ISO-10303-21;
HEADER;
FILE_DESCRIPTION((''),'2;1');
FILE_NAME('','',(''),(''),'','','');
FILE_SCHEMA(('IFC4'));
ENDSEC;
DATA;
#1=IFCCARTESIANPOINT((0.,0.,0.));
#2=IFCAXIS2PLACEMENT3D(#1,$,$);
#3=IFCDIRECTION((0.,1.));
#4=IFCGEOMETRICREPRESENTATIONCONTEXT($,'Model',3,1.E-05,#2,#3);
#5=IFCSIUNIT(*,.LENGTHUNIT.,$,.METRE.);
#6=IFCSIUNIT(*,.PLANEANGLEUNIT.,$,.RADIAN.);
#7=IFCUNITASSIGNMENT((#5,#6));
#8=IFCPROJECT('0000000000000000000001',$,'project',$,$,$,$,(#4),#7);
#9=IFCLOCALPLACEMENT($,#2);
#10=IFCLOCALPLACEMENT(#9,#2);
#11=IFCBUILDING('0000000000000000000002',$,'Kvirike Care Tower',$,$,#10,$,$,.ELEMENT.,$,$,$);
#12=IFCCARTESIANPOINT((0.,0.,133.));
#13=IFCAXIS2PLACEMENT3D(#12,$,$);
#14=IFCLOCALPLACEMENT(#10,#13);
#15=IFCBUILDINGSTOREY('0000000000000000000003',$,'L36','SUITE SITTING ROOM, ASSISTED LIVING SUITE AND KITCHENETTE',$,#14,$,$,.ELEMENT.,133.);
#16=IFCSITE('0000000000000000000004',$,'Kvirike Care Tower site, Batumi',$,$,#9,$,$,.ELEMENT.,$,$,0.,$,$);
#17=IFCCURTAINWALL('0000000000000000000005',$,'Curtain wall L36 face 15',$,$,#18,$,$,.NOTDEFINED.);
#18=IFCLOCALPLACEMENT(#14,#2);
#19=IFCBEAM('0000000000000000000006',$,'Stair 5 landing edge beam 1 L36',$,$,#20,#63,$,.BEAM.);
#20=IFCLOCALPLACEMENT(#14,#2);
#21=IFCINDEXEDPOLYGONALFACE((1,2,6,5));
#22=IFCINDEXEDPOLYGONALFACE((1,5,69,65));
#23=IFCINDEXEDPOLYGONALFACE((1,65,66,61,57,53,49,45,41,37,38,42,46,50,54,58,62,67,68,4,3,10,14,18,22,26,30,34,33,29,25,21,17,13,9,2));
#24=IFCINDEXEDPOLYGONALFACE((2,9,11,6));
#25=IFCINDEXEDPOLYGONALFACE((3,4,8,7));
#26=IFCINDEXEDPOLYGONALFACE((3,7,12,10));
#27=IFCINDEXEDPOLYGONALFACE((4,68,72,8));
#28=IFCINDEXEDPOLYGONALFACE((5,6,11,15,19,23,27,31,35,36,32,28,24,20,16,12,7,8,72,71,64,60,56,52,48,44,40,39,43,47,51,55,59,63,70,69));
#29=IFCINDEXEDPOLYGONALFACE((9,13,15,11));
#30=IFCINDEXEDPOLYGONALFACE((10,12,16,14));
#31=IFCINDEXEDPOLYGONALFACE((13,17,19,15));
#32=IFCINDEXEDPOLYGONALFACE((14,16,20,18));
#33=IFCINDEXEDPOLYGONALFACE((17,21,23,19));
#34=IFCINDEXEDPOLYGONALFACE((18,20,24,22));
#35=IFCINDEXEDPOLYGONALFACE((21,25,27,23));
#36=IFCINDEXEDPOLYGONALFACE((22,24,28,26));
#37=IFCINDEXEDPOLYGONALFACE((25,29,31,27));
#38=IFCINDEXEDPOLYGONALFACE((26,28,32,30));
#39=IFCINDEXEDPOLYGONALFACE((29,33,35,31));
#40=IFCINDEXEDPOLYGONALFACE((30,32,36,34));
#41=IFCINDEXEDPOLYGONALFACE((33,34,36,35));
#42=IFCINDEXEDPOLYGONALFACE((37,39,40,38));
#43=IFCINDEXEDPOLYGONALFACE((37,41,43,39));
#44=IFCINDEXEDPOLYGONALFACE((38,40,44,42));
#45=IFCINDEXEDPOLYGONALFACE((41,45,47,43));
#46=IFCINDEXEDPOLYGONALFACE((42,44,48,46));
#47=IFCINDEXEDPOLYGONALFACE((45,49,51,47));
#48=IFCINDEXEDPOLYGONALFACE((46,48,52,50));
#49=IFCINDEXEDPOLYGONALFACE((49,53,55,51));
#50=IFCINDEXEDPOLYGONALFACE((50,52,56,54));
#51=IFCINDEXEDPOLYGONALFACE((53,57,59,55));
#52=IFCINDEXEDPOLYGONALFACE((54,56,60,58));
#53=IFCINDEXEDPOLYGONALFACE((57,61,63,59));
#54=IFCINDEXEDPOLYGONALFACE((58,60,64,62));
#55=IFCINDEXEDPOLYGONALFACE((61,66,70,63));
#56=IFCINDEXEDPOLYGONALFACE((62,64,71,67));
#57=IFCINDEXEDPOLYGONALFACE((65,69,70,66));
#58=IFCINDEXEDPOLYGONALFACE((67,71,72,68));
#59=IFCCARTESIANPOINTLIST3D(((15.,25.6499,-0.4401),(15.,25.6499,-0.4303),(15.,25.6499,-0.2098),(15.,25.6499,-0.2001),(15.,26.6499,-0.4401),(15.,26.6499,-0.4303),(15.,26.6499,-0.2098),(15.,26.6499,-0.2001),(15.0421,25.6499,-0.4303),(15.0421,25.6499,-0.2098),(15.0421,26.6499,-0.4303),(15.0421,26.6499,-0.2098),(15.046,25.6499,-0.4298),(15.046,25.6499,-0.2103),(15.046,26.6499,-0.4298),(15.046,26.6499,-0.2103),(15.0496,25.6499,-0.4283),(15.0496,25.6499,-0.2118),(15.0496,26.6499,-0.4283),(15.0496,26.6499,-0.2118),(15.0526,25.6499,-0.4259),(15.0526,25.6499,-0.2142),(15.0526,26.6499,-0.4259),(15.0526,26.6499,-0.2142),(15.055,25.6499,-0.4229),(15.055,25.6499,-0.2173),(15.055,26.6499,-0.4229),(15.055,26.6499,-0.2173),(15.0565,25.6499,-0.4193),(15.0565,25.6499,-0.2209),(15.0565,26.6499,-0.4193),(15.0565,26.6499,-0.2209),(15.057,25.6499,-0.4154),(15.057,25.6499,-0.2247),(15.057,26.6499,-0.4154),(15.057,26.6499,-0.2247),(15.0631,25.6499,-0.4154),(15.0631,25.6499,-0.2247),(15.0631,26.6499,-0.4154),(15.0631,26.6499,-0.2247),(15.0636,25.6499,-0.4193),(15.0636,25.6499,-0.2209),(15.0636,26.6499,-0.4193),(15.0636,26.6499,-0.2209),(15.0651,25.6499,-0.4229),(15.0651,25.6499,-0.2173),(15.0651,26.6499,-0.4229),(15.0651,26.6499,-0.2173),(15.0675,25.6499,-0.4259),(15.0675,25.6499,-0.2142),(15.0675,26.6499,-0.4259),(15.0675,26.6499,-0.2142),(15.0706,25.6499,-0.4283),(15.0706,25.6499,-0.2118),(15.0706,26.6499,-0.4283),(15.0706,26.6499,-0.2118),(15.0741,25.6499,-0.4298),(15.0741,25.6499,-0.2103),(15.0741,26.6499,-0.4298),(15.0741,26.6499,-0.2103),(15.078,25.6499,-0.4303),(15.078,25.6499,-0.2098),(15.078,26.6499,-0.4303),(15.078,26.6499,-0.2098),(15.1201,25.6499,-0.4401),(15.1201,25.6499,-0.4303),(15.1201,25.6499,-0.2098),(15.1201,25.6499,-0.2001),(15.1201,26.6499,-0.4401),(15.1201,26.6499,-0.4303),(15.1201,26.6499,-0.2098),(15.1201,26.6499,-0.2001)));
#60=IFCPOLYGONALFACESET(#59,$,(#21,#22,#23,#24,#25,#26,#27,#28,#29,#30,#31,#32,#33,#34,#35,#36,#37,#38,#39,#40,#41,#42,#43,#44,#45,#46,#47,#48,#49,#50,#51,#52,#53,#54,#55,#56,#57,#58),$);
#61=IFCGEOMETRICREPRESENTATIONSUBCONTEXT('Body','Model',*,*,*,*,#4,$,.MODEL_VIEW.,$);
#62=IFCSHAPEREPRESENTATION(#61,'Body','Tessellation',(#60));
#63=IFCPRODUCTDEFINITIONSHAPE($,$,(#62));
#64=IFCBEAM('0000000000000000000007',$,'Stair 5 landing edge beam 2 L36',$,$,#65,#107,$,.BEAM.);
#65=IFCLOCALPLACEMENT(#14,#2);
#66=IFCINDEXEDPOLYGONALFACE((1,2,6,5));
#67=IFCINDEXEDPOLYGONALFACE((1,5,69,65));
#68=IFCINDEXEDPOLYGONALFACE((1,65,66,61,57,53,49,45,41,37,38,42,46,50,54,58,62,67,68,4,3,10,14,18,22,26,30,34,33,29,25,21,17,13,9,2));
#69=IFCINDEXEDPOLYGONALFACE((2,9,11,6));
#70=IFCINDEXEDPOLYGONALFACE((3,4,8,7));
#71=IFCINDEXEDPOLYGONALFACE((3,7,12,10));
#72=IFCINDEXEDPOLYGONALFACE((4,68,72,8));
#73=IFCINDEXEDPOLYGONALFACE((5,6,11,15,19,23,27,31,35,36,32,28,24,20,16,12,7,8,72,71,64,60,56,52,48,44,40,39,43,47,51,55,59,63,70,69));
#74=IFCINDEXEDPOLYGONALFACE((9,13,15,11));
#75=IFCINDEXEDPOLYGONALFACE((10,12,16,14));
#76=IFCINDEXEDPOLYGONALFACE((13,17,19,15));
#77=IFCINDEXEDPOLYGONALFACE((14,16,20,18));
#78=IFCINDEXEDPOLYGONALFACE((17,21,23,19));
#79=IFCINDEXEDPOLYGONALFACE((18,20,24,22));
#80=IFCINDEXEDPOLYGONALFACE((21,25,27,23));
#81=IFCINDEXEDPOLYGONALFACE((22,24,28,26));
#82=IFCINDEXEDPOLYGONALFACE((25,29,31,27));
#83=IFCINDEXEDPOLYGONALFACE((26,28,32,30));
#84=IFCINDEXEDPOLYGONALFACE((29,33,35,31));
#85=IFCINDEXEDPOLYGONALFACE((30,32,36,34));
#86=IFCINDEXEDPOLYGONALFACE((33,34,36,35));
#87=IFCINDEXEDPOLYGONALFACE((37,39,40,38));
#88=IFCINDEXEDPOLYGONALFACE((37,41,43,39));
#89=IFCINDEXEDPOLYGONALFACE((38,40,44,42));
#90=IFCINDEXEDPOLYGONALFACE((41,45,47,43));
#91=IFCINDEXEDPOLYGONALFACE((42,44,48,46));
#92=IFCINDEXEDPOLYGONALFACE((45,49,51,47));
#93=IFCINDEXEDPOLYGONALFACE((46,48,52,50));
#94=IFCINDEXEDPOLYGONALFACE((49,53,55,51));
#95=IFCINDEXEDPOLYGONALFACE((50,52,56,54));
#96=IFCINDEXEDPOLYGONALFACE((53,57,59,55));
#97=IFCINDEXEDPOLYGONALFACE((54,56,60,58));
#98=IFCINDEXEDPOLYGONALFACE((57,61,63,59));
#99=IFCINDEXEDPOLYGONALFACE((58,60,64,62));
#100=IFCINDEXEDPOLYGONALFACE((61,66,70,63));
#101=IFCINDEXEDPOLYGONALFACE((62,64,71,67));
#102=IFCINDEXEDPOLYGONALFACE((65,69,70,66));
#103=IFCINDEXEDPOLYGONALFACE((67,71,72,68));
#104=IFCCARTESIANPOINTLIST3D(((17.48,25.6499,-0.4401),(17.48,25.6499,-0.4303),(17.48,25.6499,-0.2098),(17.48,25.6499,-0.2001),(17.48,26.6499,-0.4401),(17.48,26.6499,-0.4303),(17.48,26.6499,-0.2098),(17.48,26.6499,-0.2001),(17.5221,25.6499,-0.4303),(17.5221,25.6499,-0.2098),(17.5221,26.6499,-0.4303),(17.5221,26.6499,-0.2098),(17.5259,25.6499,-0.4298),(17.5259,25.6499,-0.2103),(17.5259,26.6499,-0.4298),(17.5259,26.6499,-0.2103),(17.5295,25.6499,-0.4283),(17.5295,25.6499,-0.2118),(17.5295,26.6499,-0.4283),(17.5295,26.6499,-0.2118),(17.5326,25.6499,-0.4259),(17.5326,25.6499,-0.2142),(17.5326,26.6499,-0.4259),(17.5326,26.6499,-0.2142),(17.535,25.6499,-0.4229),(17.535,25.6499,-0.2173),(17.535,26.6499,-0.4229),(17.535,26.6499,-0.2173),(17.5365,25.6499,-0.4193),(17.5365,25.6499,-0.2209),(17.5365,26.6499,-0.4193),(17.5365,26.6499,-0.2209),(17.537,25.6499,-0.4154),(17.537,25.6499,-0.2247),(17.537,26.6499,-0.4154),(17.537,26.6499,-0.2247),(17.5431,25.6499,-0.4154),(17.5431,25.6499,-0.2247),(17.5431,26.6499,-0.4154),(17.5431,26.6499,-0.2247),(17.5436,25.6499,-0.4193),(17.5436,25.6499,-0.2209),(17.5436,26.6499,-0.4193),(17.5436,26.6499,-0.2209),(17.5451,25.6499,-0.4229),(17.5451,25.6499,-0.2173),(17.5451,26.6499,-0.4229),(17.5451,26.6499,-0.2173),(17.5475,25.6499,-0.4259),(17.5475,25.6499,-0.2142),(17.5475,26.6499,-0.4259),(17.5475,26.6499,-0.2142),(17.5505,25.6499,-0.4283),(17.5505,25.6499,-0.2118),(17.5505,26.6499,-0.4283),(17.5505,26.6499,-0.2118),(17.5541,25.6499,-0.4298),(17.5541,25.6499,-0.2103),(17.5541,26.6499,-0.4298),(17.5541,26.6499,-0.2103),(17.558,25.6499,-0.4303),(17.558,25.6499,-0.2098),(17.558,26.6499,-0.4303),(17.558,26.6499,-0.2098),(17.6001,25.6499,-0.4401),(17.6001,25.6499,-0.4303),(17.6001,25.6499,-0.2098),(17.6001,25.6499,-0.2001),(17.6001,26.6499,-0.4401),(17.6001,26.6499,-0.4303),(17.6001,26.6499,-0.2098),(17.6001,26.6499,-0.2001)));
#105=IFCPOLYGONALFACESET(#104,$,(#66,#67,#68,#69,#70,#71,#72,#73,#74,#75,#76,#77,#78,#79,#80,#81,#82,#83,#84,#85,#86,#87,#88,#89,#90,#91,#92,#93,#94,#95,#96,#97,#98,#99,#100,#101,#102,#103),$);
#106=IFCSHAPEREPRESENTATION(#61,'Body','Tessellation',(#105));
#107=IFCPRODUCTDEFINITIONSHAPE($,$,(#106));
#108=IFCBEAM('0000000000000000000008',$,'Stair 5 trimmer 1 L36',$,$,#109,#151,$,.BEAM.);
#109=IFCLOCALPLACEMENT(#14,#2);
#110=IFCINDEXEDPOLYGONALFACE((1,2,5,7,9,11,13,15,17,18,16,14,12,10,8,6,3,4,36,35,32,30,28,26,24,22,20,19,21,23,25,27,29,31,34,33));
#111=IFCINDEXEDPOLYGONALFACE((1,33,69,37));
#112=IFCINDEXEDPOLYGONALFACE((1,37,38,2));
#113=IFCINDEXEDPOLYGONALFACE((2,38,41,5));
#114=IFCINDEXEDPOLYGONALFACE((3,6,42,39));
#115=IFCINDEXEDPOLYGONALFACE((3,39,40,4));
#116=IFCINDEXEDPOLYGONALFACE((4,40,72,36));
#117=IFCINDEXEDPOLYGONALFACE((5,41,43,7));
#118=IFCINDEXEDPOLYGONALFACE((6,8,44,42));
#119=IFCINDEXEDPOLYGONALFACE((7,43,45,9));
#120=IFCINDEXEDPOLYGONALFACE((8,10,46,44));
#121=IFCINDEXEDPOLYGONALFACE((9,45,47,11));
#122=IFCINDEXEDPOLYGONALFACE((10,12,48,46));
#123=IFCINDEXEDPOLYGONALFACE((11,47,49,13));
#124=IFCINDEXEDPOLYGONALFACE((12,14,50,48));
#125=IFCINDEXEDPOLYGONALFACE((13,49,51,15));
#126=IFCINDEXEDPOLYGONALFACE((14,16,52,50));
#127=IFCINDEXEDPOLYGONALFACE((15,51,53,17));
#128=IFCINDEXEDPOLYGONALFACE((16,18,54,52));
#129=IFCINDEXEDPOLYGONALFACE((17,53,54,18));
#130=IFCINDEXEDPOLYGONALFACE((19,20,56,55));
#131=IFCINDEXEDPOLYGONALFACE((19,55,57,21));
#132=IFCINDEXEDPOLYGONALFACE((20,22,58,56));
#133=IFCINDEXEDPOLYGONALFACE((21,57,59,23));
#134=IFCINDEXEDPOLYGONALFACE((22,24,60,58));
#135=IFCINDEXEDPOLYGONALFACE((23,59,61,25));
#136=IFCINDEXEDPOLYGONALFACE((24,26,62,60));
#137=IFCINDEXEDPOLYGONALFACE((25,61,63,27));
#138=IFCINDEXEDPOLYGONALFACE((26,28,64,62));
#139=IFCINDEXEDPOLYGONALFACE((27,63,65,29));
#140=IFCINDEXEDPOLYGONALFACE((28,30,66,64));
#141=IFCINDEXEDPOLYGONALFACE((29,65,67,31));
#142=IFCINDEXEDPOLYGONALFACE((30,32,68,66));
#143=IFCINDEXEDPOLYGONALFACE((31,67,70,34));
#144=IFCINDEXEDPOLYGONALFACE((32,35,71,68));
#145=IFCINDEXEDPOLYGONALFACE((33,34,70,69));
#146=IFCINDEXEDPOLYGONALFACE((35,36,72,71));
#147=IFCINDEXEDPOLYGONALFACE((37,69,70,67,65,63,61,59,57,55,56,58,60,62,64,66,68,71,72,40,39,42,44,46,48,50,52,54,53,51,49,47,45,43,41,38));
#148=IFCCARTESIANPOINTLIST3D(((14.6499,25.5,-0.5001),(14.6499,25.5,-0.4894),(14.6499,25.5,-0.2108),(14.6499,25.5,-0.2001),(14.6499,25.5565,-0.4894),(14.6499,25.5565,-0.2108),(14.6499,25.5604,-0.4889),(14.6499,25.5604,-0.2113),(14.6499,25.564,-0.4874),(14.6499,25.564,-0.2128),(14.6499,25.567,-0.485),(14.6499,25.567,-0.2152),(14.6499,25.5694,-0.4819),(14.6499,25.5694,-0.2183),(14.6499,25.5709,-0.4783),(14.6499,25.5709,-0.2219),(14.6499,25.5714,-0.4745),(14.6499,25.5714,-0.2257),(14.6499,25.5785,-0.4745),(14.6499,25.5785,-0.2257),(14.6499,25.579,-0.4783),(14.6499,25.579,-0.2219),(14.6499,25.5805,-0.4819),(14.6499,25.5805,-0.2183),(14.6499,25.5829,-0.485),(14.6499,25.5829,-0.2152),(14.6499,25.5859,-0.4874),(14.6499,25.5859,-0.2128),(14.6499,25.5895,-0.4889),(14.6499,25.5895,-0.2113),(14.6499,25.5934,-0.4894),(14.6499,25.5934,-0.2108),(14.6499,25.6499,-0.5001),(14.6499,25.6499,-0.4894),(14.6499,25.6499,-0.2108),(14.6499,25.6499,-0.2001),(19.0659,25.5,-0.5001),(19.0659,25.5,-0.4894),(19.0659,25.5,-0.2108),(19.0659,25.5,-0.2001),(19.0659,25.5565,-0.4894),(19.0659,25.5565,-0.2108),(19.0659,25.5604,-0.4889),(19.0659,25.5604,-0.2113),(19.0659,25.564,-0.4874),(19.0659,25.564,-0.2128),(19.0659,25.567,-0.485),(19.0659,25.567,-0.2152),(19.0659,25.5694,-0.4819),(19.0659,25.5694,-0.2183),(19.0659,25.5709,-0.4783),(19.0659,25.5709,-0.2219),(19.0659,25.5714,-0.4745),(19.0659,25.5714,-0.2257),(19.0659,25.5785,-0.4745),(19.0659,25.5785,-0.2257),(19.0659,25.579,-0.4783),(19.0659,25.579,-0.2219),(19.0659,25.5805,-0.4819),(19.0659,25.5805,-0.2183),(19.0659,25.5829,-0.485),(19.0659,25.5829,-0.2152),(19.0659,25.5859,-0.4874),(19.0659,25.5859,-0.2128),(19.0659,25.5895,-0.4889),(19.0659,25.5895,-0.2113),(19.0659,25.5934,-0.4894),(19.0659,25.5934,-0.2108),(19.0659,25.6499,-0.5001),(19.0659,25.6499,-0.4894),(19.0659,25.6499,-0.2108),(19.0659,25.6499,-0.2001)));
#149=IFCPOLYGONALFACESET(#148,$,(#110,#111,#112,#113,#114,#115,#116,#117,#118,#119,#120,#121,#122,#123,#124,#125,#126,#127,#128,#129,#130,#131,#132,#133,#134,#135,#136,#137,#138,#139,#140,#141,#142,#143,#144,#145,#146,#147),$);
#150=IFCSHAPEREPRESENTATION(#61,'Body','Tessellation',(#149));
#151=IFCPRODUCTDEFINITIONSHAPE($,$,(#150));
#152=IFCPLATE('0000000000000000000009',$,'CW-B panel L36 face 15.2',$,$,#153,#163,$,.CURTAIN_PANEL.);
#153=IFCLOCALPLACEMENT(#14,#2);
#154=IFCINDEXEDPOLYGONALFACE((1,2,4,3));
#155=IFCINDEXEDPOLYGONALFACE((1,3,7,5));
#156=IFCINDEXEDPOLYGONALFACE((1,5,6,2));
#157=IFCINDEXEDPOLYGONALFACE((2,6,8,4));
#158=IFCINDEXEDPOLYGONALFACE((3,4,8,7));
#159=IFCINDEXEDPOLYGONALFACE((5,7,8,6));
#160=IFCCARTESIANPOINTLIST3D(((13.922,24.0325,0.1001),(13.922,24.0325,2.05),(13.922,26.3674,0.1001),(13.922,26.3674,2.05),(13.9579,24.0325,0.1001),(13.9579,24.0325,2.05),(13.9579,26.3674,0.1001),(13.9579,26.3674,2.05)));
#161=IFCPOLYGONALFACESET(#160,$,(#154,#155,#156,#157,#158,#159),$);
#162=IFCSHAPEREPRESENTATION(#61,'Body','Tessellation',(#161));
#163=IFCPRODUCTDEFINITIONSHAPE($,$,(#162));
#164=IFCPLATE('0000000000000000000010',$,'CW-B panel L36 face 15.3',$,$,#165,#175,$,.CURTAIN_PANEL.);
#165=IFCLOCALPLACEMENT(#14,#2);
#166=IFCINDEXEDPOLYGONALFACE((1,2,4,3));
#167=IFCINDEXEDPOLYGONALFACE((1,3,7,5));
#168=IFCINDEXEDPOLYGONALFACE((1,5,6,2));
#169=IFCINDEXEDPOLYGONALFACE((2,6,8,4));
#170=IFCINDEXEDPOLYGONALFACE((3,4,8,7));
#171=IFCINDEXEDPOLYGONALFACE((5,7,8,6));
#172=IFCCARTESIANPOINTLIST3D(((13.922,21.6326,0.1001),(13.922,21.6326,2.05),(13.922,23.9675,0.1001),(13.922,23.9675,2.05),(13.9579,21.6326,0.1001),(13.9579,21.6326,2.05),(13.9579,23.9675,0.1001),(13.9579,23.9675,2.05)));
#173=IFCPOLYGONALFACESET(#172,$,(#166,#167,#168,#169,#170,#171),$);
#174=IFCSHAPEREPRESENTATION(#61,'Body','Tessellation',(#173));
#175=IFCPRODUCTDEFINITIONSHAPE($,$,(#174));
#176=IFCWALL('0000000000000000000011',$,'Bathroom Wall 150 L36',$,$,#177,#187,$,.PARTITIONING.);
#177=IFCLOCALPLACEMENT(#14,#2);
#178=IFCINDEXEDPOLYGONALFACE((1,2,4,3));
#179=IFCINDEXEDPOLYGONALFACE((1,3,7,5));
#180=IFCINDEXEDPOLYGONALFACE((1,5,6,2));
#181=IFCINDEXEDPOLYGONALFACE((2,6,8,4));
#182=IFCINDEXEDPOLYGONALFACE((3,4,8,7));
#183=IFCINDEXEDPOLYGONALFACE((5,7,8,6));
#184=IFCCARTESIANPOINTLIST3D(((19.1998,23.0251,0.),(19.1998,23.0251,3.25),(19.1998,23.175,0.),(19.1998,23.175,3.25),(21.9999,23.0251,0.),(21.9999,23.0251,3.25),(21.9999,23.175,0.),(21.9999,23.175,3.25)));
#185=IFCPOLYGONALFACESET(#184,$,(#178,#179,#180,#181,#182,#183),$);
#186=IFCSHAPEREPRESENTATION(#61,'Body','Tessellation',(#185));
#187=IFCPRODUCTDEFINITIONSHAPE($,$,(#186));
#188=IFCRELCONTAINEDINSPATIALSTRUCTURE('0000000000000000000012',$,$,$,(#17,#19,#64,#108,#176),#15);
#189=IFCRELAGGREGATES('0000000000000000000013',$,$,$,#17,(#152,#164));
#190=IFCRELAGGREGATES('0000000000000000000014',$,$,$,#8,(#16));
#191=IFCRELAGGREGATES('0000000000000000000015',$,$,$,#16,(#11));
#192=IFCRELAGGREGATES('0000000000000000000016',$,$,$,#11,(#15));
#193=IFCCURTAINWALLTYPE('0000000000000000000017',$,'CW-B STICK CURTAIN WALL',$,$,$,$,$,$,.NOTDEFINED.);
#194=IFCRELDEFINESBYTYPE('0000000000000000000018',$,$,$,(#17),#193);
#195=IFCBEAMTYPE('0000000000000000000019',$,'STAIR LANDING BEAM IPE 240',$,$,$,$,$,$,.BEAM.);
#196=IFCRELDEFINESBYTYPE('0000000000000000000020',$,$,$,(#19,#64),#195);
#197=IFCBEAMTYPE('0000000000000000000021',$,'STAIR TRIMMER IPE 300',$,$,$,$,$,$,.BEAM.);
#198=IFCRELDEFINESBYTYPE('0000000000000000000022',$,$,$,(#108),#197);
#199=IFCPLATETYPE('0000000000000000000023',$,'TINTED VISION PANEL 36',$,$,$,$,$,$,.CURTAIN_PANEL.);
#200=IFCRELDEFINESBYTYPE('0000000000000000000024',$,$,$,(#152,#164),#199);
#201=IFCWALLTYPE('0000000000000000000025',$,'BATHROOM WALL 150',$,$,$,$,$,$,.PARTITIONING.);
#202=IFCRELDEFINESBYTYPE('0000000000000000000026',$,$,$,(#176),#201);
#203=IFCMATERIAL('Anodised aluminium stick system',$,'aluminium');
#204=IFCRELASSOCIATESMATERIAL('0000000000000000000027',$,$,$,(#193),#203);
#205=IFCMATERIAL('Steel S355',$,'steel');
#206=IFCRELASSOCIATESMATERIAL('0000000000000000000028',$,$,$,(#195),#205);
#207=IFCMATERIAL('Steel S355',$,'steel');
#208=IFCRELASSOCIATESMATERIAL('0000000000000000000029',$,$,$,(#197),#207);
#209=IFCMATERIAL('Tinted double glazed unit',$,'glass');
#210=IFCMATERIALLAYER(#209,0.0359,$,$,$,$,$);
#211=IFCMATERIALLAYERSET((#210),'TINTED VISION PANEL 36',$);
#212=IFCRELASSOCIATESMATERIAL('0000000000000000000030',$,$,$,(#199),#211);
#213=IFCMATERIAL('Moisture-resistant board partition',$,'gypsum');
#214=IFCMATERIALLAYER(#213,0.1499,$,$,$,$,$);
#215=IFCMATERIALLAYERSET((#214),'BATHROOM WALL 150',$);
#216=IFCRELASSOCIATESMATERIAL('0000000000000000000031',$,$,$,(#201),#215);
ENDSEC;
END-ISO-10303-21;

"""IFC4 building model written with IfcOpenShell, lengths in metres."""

from ifc_helpers import new_model, si_unit, direction, frame, frame_2d, origin, origin_2d, place, context, subcontext, project, spatial, rectangle, i_section, extrude, material, layer, layer_set, material_profile, profile_set, type_object, element, aggregate, save


model = new_model("IFC4")

# Units and contexts
model_context = context("Model", 3, precision=1e-05, world=origin(), true_north=direction((0.0, 1.0)))
body_context = subcontext(model_context, "Body", "Model", "MODEL_VIEW")
ifc_project = project(units=[si_unit("LENGTHUNIT", "METRE"), si_unit("PLANEANGLEUNIT", "RADIAN")], contexts=[model_context])

# Site, building, storey
site_placement = place(None, origin())
site = spatial("IfcSite", under=ifc_project, at=site_placement, Name="Kvirike Care Tower site, Batumi", CompositionType="ELEMENT", RefElevation=0.0)
building_placement = place(site_placement, origin())
building = spatial("IfcBuilding", under=site, at=building_placement, Name="Kvirike Care Tower", CompositionType="ELEMENT")
storey_placement = place(building_placement, frame((0.0, 0.0, 133.0)))
storey = spatial("IfcBuildingStorey", under=building, at=storey_placement, Name="L36", Description="SUITE SITTING ROOM, ASSISTED LIVING SUITE AND KITCHENETTE", CompositionType="ELEMENT", Elevation=133.0)

# Curtain wall
ifc_material_1 = material(Name="Anodised aluminium stick system", Category="aluminium")
curtain_wall_type = type_object("IfcCurtainWallType", Name="CW-B STICK CURTAIN WALL", PredefinedType="NOTDEFINED", material=ifc_material_1)
curtain_wall_placement = place(storey_placement, origin())
curtain_wall = element("IfcCurtainWall", 1, at=curtain_wall_placement, inside=storey, type_object=curtain_wall_type, Name="Curtain wall L36 face 15", PredefinedType="NOTDEFINED")

# Beams
ifc_material_2 = material(Name="Steel S355", Category="steel")
ifc_material_profile_1 = material_profile(ifc_material_2, i_section(OverallWidth=0.1201, OverallDepth=0.24, WebThickness=0.0061, FlangeThickness=0.0098, FilletRadius=0.0149, at=origin_2d()), Name="IPE 240")
ifc_profile_set_1 = profile_set([ifc_material_profile_1], Name="Steel S355")
beam_type_1 = type_object("IfcBeamType", Name="STAIR LANDING BEAM IPE 240", PredefinedType="BEAM", material=ifc_profile_set_1)
for number, where, z_axis, x_axis, name in (
    (2, (15.0601, 25.6499, -0.3201), (0.0, 1.0, 0.0), (-1.0, 0.0, 0.0), "Stair 5 landing edge beam 1 L36"),
    (3, (17.54, 25.6499, -0.3201), (0.0, 1.0, 0.0), (-1.0, 0.0, 0.0), "Stair 5 landing edge beam 2 L36"),
):
    element("IfcBeam", number, at=place(storey_placement, frame(where, z_axis=z_axis, x_axis=x_axis)), inside=storey, type_object=beam_type_1, Name=name, PredefinedType="BEAM", context=body_context, shape_type="SweptSolid", body=[
        extrude(i_section(OverallWidth=0.1201, OverallDepth=0.24, WebThickness=0.0061, FlangeThickness=0.0098, FilletRadius=0.0149, at=origin_2d()), origin(), (0.0, 0.0, 1.0), 1.0),
    ])
ifc_material_3 = material(Name="Steel S355", Category="steel")
ifc_material_profile_2 = material_profile(ifc_material_3, i_section(OverallWidth=0.1499, OverallDepth=0.3, WebThickness=0.0071, FlangeThickness=0.0107, FilletRadius=0.0149, at=origin_2d()), Name="IPE 300")
ifc_profile_set_2 = profile_set([ifc_material_profile_2], Name="Steel S355")
beam_type_2 = type_object("IfcBeamType", Name="STAIR TRIMMER IPE 300", PredefinedType="BEAM", material=ifc_profile_set_2)
beam_1_placement = place(storey_placement, frame((14.6499, 25.575, -0.3501), z_axis=(1.0, 0.0, 0.0), x_axis=(0.0, 1.0, 0.0)))
element("IfcBeam", 4, at=beam_1_placement, inside=storey, type_object=beam_type_2, Name="Stair 5 trimmer 1 L36", PredefinedType="BEAM", context=body_context, shape_type="SweptSolid", body=[
    extrude(i_section(OverallWidth=0.1499, OverallDepth=0.3, WebThickness=0.0071, FlangeThickness=0.0107, FilletRadius=0.0149, at=origin_2d()), origin(), (0.0, 0.0, 1.0), 4.416),
])

# Plates
ifc_material_4 = material(Name="Tinted double glazed unit", Category="glass")
ifc_layer_1 = layer(ifc_material_4, 0.0359)
ifc_layer_set_1 = layer_set([ifc_layer_1], Name="TINTED VISION PANEL 36")
plate_type = type_object("IfcPlateType", Name="TINTED VISION PANEL 36", PredefinedType="CURTAIN_PANEL", material=ifc_layer_set_1)
plate_1_placement = place(storey_placement, frame((13.9399, 25.2, 0.1001), z_axis=(0.0, 0.0, 1.0), x_axis=(0.0, -1.0, 0.0)))
plate_1 = element("IfcPlate", 5, at=plate_1_placement, type_object=plate_type, Name="CW-B panel L36 face 15.2", PredefinedType="CURTAIN_PANEL", context=body_context, shape_type="SweptSolid", body=[
    extrude(rectangle(XDim=2.335, YDim=0.0359, at=origin_2d()), origin(), (0.0, 0.0, 1.0), 1.95),
])
plate_2_placement = place(storey_placement, frame((13.9399, 22.8, 0.1001), z_axis=(0.0, 0.0, 1.0), x_axis=(0.0, -1.0, 0.0)))
plate_2 = element("IfcPlate", 6, at=plate_2_placement, type_object=plate_type, Name="CW-B panel L36 face 15.3", PredefinedType="CURTAIN_PANEL", context=body_context, shape_type="SweptSolid", body=[
    extrude(rectangle(XDim=2.335, YDim=0.0359, at=origin_2d()), origin(), (0.0, 0.0, 1.0), 1.95),
])
aggregate(curtain_wall, [plate_1, plate_2])

# Wall
ifc_material_5 = material(Name="Moisture-resistant board partition", Category="gypsum")
ifc_layer_2 = layer(ifc_material_5, 0.1499)
ifc_layer_set_2 = layer_set([ifc_layer_2], Name="BATHROOM WALL 150")
wall_type_1 = type_object("IfcWallType", Name="BATHROOM WALL 150", PredefinedType="PARTITIONING", material=ifc_layer_set_2)
wall_1_placement = place(storey_placement, frame((19.2, 23.1001, 0.0), z_axis=(0.0, 0.0, 1.0), x_axis=(1.0, 0.0, 0.0)))
element("IfcWall", 7, at=wall_1_placement, inside=storey, type_object=wall_type_1, Name="Bathroom Wall 150 L36", PredefinedType="PARTITIONING", context=body_context, shape_type="SweptSolid", body=[
    extrude(rectangle(XDim=2.8, YDim=0.1499, at=frame_2d((1.3999, 0.0))), origin(), (0.0, 0.0, 1.0), 3.25),
])

save(model, "model.ifc")
